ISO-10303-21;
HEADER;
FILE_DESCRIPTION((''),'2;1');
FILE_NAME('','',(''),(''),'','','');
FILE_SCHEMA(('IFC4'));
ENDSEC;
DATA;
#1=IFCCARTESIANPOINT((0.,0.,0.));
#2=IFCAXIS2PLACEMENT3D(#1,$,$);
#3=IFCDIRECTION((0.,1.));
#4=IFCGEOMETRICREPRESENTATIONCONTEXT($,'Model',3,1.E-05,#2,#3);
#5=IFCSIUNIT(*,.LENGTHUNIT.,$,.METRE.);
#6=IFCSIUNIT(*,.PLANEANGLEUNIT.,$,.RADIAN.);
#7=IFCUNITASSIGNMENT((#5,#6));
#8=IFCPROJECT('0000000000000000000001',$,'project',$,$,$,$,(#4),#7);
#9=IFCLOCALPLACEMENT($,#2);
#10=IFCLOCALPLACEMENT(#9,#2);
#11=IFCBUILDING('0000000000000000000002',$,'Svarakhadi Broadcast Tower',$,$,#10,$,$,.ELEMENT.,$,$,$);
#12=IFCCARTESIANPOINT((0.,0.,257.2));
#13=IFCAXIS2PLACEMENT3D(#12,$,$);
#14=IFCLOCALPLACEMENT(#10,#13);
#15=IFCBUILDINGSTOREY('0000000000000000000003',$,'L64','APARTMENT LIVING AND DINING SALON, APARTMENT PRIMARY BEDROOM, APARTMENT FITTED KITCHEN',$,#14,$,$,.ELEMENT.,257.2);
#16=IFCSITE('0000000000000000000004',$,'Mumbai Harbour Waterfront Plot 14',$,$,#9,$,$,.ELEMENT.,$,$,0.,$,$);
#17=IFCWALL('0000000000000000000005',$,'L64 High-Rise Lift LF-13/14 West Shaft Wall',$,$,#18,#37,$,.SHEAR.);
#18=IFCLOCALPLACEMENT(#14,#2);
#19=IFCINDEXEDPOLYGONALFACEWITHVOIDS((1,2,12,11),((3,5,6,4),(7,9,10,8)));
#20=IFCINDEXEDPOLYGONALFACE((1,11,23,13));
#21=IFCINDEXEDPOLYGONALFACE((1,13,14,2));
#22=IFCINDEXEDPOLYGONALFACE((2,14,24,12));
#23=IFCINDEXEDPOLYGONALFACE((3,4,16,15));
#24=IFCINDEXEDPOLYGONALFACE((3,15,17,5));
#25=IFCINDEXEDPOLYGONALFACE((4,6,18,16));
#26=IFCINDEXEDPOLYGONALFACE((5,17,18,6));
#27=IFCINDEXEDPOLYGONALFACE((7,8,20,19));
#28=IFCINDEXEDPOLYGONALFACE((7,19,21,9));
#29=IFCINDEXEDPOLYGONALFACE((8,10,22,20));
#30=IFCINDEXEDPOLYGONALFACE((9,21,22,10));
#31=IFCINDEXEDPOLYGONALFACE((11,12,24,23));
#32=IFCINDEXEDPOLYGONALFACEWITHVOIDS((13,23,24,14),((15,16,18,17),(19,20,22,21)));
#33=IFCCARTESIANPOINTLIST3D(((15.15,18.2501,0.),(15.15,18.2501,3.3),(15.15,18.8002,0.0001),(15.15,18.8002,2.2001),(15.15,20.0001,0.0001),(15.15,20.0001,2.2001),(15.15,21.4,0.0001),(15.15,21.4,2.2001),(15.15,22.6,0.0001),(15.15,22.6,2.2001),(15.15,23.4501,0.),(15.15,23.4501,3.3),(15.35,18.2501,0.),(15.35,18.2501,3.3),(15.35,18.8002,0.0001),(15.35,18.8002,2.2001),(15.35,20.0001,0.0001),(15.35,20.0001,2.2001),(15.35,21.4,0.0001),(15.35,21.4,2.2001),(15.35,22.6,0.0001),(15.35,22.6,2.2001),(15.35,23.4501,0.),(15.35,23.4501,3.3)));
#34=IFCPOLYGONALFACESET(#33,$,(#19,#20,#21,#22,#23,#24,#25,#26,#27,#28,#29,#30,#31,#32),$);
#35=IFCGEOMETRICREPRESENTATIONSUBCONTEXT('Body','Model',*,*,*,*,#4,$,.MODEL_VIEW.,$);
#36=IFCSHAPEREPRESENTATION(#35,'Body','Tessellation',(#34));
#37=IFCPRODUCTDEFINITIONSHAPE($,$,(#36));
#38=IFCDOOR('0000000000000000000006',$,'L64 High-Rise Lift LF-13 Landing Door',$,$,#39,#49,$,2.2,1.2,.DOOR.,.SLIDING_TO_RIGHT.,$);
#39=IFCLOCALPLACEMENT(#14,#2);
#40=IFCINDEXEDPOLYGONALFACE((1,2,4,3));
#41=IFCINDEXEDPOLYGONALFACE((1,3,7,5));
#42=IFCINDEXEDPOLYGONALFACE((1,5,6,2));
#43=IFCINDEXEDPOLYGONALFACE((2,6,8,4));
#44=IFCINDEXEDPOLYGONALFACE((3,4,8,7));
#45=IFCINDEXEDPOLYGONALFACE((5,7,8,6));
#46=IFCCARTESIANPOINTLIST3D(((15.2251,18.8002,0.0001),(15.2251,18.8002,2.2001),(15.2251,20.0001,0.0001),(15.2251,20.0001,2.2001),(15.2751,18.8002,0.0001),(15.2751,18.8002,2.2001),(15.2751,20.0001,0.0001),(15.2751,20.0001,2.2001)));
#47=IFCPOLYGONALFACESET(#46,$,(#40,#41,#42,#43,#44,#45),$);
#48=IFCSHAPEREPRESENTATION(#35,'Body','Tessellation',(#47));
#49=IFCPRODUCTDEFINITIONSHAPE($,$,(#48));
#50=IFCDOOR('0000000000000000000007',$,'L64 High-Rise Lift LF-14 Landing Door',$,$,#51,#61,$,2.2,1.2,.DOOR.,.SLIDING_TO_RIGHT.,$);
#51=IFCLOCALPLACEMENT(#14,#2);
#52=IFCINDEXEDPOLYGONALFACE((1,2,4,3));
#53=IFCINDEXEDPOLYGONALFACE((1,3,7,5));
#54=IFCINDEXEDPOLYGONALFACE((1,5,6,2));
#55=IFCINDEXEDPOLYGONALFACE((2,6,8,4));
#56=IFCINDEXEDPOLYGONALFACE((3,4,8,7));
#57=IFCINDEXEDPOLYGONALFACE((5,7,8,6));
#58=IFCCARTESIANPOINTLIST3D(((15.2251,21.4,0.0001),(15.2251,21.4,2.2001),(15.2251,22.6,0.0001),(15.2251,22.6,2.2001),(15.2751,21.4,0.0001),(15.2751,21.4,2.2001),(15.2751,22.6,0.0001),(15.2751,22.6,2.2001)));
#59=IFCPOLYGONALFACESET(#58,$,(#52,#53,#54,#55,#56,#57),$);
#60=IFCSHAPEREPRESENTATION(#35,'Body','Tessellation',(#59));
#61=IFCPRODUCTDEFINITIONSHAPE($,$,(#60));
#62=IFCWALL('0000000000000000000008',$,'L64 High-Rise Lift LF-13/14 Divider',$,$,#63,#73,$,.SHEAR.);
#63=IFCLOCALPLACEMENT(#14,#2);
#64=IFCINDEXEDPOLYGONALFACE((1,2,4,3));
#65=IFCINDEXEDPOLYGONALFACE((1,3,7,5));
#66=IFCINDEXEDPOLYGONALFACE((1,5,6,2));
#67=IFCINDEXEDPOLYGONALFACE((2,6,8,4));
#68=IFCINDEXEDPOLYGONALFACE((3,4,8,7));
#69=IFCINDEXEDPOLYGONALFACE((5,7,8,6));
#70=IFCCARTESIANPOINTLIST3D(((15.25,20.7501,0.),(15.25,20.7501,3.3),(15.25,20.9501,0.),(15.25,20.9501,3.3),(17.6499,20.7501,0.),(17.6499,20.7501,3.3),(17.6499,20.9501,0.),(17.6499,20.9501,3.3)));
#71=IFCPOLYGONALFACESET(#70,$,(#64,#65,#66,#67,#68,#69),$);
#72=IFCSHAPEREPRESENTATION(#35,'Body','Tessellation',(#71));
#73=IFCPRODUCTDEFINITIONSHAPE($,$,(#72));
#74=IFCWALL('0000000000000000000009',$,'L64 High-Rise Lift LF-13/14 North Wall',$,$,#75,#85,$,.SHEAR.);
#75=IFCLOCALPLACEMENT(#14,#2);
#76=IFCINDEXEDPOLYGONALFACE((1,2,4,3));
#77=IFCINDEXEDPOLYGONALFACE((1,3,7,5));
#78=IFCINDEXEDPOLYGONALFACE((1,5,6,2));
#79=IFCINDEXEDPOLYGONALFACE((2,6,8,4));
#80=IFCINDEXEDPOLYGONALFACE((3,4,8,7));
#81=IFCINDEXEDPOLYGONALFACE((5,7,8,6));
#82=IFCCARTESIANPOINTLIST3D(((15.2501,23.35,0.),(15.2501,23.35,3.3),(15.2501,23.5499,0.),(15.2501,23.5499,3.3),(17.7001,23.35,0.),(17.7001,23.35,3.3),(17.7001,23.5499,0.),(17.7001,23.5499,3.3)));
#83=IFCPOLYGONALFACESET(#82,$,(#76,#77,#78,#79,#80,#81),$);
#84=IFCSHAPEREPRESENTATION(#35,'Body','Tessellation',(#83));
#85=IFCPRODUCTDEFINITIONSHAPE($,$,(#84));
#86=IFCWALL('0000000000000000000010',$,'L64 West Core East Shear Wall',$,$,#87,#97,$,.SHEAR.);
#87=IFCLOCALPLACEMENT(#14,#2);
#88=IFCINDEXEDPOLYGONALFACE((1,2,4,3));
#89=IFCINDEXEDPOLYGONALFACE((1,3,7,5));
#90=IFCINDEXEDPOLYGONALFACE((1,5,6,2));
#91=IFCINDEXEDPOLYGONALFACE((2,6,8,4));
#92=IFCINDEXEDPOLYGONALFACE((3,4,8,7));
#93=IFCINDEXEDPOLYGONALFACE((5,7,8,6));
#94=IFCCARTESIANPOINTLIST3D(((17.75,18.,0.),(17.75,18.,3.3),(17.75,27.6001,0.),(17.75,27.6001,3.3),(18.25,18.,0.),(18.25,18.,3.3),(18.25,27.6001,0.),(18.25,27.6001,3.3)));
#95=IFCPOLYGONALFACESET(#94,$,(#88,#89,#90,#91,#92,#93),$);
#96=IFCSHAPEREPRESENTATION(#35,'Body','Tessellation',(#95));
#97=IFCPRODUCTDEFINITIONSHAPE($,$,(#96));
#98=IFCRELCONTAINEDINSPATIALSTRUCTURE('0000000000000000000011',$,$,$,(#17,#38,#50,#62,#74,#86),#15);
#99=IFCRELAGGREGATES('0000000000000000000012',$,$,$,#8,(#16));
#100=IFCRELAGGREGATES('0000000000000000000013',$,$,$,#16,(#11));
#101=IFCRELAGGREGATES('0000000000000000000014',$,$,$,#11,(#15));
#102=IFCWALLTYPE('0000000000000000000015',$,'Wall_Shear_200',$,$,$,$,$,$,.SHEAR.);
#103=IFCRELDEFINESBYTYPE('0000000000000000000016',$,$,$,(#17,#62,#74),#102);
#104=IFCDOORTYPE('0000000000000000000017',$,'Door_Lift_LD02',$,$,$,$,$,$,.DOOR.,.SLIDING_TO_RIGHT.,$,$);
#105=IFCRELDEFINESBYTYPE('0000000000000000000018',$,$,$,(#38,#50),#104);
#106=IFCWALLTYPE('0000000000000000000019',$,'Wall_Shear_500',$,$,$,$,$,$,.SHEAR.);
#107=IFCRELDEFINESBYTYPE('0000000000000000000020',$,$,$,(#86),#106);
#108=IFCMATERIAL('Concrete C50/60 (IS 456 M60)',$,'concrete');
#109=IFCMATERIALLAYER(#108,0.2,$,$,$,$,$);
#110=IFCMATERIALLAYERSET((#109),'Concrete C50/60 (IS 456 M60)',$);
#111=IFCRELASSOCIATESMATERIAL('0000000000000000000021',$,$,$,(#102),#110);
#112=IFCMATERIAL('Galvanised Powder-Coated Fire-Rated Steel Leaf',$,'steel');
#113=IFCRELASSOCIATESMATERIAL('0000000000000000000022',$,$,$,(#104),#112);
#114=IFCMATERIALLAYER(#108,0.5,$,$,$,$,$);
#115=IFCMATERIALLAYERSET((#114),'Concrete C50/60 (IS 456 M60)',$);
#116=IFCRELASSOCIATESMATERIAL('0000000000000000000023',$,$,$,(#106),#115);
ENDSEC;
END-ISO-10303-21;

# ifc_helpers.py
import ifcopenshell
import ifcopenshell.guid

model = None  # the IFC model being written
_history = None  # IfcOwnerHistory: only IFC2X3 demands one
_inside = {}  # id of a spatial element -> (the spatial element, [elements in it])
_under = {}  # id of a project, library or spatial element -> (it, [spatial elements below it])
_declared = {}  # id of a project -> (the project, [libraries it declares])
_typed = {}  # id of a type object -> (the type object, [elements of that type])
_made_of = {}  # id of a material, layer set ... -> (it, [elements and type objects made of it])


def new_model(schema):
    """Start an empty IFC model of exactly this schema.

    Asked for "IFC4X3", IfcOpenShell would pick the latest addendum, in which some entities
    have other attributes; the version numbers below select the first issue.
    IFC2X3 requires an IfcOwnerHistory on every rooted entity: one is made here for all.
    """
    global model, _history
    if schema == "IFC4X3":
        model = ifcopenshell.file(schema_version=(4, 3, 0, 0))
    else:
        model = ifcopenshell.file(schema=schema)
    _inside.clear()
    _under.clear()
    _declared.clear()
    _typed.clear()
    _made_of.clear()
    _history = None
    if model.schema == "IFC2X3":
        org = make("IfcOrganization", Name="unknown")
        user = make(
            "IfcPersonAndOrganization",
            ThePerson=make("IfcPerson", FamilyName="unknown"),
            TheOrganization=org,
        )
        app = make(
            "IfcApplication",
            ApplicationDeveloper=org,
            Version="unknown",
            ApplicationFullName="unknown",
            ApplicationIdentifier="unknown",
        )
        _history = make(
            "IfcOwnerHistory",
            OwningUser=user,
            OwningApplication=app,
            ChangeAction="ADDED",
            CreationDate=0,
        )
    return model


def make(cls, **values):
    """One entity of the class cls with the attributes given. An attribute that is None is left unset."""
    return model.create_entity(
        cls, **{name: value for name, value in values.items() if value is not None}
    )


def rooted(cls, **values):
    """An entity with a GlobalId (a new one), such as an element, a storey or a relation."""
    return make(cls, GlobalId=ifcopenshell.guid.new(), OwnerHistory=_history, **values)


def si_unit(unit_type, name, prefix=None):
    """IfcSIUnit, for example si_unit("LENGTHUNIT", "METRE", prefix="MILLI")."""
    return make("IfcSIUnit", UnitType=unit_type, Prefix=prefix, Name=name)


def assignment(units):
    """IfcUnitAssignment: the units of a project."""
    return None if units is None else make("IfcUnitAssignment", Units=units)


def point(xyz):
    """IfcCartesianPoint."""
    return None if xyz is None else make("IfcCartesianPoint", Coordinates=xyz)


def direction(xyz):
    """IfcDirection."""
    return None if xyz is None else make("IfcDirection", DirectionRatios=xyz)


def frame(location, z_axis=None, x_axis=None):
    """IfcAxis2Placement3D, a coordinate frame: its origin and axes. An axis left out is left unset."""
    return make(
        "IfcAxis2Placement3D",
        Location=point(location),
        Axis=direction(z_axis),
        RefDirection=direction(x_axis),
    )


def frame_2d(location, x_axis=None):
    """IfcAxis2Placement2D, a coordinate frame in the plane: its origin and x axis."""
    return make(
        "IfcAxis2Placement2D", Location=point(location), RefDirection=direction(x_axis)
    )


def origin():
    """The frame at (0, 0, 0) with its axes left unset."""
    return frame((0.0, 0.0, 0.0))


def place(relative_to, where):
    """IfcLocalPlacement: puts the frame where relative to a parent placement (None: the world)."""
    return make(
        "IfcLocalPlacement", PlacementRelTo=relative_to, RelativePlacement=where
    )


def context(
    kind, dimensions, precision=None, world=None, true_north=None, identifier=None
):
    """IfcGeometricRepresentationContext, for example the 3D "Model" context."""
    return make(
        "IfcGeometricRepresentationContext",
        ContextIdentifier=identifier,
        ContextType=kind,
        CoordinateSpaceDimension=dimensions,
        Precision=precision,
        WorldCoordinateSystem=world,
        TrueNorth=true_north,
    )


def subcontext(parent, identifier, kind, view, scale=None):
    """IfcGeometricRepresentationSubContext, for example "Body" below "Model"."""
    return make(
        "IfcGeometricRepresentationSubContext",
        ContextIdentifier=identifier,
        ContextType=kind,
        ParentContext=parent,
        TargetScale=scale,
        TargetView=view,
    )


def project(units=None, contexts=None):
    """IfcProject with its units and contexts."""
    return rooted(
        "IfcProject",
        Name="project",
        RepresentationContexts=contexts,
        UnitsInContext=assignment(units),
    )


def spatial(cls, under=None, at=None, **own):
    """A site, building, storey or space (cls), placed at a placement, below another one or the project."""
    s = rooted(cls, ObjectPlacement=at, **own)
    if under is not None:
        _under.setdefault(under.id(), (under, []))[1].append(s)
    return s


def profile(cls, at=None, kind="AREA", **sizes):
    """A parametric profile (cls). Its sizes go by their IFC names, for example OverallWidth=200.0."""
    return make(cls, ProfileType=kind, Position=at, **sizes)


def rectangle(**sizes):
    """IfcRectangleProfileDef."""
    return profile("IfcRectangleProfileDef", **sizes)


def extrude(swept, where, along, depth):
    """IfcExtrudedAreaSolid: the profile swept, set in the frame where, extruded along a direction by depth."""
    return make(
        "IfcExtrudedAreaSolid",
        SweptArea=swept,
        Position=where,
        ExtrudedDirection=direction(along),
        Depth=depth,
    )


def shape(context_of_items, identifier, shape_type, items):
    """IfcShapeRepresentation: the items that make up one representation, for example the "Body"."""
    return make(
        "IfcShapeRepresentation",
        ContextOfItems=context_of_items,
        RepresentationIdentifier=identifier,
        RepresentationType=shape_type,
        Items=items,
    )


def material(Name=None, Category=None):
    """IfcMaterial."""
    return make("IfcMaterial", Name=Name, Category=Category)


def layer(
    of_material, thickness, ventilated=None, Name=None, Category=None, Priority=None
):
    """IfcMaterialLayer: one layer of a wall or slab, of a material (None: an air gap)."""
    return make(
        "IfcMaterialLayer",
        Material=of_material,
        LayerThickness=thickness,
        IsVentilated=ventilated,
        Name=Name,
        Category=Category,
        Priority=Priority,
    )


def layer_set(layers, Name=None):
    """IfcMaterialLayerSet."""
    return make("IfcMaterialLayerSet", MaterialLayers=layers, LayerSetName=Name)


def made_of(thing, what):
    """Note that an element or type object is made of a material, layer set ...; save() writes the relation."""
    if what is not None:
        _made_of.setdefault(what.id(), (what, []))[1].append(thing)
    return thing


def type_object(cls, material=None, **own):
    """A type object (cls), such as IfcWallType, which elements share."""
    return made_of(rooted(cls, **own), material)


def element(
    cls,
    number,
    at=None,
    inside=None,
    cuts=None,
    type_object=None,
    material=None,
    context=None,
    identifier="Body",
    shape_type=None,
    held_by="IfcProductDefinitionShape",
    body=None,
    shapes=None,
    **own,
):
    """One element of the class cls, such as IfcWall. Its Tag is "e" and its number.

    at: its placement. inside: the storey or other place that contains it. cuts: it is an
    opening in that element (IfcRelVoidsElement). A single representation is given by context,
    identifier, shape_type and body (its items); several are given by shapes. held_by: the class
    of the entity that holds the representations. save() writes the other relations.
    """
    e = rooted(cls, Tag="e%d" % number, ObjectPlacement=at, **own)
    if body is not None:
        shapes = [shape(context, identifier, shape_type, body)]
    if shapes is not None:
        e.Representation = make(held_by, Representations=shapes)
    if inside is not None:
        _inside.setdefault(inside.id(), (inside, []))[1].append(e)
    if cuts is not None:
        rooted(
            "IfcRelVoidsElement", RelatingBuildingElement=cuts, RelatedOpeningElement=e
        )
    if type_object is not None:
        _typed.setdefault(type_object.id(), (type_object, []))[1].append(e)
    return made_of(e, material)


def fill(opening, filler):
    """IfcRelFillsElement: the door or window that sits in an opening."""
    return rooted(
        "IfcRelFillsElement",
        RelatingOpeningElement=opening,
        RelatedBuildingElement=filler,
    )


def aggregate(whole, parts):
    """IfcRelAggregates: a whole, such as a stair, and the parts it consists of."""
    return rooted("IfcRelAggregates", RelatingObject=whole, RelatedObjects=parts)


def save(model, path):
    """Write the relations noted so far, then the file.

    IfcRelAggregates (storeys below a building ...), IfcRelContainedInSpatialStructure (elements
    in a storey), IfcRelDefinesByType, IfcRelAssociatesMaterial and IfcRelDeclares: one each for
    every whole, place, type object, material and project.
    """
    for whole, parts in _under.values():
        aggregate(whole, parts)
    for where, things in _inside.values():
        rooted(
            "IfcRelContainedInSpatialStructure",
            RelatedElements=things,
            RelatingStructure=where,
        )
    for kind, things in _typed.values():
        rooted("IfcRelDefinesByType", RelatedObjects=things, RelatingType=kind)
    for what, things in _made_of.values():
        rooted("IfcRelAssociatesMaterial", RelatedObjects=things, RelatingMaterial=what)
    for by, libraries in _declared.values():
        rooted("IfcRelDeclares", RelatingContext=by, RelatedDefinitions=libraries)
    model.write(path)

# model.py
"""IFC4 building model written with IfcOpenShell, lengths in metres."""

from ifc_helpers import new_model, si_unit, direction, frame, frame_2d, origin, place, context, subcontext, project, spatial, rectangle, extrude, material, layer, layer_set, type_object, element, fill, save


model = new_model("IFC4")

# Units and contexts
model_context = context("Model", 3, precision=1e-05, world=origin(), true_north=direction((0.0, 1.0)))
body_context = subcontext(model_context, "Body", "Model", "MODEL_VIEW")
ifc_project = project(units=[si_unit("LENGTHUNIT", "METRE"), si_unit("PLANEANGLEUNIT", "RADIAN")], contexts=[model_context])

# Site, building, storey
site_placement = place(None, origin())
site = spatial("IfcSite", under=ifc_project, at=site_placement, Name="Mumbai Harbour Waterfront Plot 14", CompositionType="ELEMENT", RefElevation=0.0)
building_placement = place(site_placement, origin())
building = spatial("IfcBuilding", under=site, at=building_placement, Name="Svarakhadi Broadcast Tower", CompositionType="ELEMENT")
storey_placement = place(building_placement, frame((0.0, 0.0, 257.2)))
storey = spatial("IfcBuildingStorey", under=building, at=storey_placement, Name="L64", Description="APARTMENT LIVING AND DINING SALON, APARTMENT PRIMARY BEDROOM, APARTMENT FITTED KITCHEN", CompositionType="ELEMENT", Elevation=257.2)

# Shared definitions
ifc_material_1 = material(Name="Concrete C50/60 (IS 456 M60)", Category="concrete")

# Shared definitions
ifc_layer_1 = layer(ifc_material_1, 0.2)
ifc_layer_set_1 = layer_set([ifc_layer_1], Name="Concrete C50/60 (IS 456 M60)")
wall_type_1 = type_object("IfcWallType", Name="Wall_Shear_200", PredefinedType="SHEAR", material=ifc_layer_set_1)

# Wall, openings, doors
wall_1_placement = place(storey_placement, frame((15.25, 18.25, 0.0), z_axis=(0.0, 0.0, 1.0), x_axis=(0.0, 1.0, 0.0)))
wall_1 = element("IfcWall", 1, at=wall_1_placement, inside=storey, type_object=wall_type_1, Name="L64 High-Rise Lift LF-13/14 West Shaft Wall", PredefinedType="SHEAR", context=body_context, shape_type="SweptSolid", body=[
    extrude(rectangle(XDim=5.2, YDim=0.2, at=frame_2d((2.6001, 0.0))), origin(), (0.0, 0.0, 1.0), 3.3),
])
opening_1_placement = place(wall_1_placement, frame((0.55, 0.0, 0.0)))
opening_1 = element("IfcOpeningElement", 2, at=opening_1_placement, cuts=wall_1, PredefinedType="OPENING", context=body_context, shape_type="SweptSolid", body=[
    extrude(rectangle(XDim=1.2, YDim=2.2, at=frame_2d((0.6001, 1.1001))), frame((0.0, 0.1099, 0.0), z_axis=(0.0, -1.0, 0.0), x_axis=(1.0, 0.0, 0.0)), (0.0, 0.0, 1.0), 0.22),
])
opening_2_placement = place(wall_1_placement, frame((3.1499, 0.0, 0.0)))
opening_2 = element("IfcOpeningElement", 3, at=opening_2_placement, cuts=wall_1, PredefinedType="OPENING", context=body_context, shape_type="SweptSolid", body=[
    extrude(rectangle(XDim=1.2, YDim=2.2, at=frame_2d((0.6001, 1.1001))), frame((0.0, 0.1099, 0.0), z_axis=(0.0, -1.0, 0.0), x_axis=(1.0, 0.0, 0.0)), (0.0, 0.0, 1.0), 0.22),
])
ifc_material_2 = material(Name="Galvanised Powder-Coated Fire-Rated Steel Leaf", Category="steel")
door_type_1 = type_object("IfcDoorType", Name="Door_Lift_LD02", OperationType="SLIDING_TO_RIGHT", PredefinedType="DOOR", material=ifc_material_2)
door_1_placement = place(opening_1_placement, origin())
door_1 = element("IfcDoor", 4, at=door_1_placement, inside=storey, type_object=door_type_1, Name="L64 High-Rise Lift LF-13 Landing Door", OperationType="SLIDING_TO_RIGHT", OverallHeight=2.2, OverallWidth=1.2, PredefinedType="DOOR", context=body_context, shape_type="SweptSolid", body=[
    extrude(rectangle(XDim=1.2, YDim=2.2, at=frame_2d((0.6001, 1.1001))), frame((0.0, 0.0249, 0.0), z_axis=(0.0, -1.0, 0.0), x_axis=(1.0, 0.0, 0.0)), (0.0, 0.0, 1.0), 0.05),
])
fill(opening_1, door_1)
door_2_placement = place(opening_2_placement, origin())
door_2 = element("IfcDoor", 5, at=door_2_placement, inside=storey, type_object=door_type_1, Name="L64 High-Rise Lift LF-14 Landing Door", OperationType="SLIDING_TO_RIGHT", OverallHeight=2.2, OverallWidth=1.2, PredefinedType="DOOR", context=body_context, shape_type="SweptSolid", body=[
    extrude(rectangle(XDim=1.2, YDim=2.2, at=frame_2d((0.6001, 1.1001))), frame((0.0, 0.0249, 0.0), z_axis=(0.0, -1.0, 0.0), x_axis=(1.0, 0.0, 0.0)), (0.0, 0.0, 1.0), 0.05),
])
fill(opening_2, door_2)

# Walls
wall_2_placement = place(storey_placement, frame((15.25, 20.8501, 0.0), z_axis=(0.0, 0.0, 1.0), x_axis=(1.0, 0.0, 0.0)))
element("IfcWall", 6, at=wall_2_placement, inside=storey, type_object=wall_type_1, Name="L64 High-Rise Lift LF-13/14 Divider", PredefinedType="SHEAR", context=body_context, shape_type="SweptSolid", body=[
    extrude(rectangle(XDim=2.3999, YDim=0.2, at=frame_2d((1.2, 0.0))), origin(), (0.0, 0.0, 1.0), 3.3),
])
wall_3_placement = place(storey_placement, frame((15.25, 23.45, 0.0), z_axis=(0.0, 0.0, 1.0), x_axis=(1.0, 0.0, 0.0)))
element("IfcWall", 7, at=wall_3_placement, inside=storey, type_object=wall_type_1, Name="L64 High-Rise Lift LF-13/14 North Wall", PredefinedType="SHEAR", context=body_context, shape_type="SweptSolid", body=[
    extrude(rectangle(XDim=2.45, YDim=0.2, at=frame_2d((1.2251, 0.0))), origin(), (0.0, 0.0, 1.0), 3.3),
])
ifc_layer_2 = layer(ifc_material_1, 0.5)
ifc_layer_set_2 = layer_set([ifc_layer_2], Name="Concrete C50/60 (IS 456 M60)")
wall_type_2 = type_object("IfcWallType", Name="Wall_Shear_500", PredefinedType="SHEAR", material=ifc_layer_set_2)
wall_4_placement = place(storey_placement, frame((18.0, 18.0, 0.0), z_axis=(0.0, 0.0, 1.0), x_axis=(0.0, 1.0, 0.0)))
element("IfcWall", 8, at=wall_4_placement, inside=storey, type_object=wall_type_2, Name="L64 West Core East Shear Wall", PredefinedType="SHEAR", context=body_context, shape_type="SweptSolid", body=[
    extrude(rectangle(XDim=9.6001, YDim=0.5, at=frame_2d((4.8, 0.0))), origin(), (0.0, 0.0, 1.0), 3.3),
])

save(model, "model.ifc")
